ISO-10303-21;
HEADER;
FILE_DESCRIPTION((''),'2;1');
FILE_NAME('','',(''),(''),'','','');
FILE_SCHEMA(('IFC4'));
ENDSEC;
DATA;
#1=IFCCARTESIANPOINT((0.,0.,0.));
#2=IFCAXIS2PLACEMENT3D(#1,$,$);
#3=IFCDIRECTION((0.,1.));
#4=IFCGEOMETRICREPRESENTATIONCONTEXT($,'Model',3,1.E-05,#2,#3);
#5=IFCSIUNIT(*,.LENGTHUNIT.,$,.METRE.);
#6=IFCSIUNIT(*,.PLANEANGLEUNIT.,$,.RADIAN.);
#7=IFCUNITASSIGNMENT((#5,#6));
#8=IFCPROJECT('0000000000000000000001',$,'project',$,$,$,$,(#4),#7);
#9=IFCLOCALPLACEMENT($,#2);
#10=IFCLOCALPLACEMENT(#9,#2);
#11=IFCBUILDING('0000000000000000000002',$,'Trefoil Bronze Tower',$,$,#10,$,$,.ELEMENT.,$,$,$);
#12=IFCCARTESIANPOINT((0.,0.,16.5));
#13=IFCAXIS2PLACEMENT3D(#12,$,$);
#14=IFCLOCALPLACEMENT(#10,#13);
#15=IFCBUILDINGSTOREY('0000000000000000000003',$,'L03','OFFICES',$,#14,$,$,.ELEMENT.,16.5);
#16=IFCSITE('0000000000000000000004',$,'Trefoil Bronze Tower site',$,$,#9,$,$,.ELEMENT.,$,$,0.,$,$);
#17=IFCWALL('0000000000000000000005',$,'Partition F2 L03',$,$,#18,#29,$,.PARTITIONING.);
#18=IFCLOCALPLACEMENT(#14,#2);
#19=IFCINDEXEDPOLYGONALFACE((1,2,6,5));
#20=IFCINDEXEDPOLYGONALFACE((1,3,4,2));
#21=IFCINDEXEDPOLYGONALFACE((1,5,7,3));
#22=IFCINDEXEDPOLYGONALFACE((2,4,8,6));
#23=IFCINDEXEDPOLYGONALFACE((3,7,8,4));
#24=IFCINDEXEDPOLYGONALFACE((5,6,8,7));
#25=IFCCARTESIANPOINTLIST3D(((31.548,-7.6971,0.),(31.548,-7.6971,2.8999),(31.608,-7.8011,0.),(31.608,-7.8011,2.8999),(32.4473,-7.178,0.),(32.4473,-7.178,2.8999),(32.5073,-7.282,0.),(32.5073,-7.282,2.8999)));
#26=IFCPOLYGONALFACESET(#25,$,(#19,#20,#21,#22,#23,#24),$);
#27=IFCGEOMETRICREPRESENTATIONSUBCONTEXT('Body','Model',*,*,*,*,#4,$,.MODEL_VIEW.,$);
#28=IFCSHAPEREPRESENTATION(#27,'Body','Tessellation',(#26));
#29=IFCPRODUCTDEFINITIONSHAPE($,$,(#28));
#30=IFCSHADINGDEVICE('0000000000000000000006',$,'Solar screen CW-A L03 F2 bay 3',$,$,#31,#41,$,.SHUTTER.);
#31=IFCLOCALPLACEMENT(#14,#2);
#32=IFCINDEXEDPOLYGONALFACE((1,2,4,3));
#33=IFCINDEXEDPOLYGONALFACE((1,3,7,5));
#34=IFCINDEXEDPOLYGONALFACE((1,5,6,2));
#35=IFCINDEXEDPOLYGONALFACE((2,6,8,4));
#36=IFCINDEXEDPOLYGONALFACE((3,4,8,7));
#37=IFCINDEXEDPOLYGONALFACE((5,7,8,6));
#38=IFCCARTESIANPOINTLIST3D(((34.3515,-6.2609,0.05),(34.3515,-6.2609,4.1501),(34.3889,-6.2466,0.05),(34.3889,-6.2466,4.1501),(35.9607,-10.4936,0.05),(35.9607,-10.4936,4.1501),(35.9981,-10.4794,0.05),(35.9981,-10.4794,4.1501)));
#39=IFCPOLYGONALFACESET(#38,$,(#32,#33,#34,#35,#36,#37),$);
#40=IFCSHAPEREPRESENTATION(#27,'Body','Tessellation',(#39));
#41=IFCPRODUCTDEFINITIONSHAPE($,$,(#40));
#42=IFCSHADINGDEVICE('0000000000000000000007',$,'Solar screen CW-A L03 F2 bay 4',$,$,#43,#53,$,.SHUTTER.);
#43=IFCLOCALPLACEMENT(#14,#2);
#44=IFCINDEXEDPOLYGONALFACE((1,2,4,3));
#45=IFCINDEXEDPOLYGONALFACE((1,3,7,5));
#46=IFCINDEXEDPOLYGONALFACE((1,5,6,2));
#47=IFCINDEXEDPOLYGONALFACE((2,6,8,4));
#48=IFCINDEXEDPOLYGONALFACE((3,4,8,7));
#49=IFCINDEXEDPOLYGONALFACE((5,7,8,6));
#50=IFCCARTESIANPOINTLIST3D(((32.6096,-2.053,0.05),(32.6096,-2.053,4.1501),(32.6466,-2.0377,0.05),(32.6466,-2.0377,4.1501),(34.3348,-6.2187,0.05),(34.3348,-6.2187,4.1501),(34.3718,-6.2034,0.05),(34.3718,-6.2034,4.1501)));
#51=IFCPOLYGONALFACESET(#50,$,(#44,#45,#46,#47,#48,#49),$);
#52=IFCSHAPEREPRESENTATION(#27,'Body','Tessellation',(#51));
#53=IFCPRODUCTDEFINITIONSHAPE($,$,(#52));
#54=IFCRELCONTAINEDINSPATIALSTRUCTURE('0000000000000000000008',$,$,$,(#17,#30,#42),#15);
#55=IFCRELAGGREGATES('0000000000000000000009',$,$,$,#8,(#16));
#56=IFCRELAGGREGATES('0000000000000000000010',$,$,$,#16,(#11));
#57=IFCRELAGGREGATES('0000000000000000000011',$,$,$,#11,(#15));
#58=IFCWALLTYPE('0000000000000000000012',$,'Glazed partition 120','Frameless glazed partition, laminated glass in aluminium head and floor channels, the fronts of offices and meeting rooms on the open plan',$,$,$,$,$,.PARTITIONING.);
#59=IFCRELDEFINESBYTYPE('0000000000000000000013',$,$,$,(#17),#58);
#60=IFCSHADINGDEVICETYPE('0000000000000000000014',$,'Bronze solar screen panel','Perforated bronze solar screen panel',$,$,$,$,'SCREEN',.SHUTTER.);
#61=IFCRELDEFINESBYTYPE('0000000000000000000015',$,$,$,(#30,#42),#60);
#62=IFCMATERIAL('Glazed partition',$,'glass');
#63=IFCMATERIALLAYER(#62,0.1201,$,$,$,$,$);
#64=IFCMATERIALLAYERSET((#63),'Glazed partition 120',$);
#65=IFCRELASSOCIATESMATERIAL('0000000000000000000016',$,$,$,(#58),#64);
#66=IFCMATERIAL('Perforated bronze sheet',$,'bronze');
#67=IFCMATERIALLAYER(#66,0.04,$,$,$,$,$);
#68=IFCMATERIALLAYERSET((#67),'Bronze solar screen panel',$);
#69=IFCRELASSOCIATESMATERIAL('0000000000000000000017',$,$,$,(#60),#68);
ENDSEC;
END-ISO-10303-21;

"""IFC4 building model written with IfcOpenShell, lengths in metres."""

from ifc_helpers import new_model, si_unit, direction, frame, frame_2d, origin, origin_2d, place, context, subcontext, project, spatial, rectangle, extrude, material, layer, layer_set, type_object, element, save


model = new_model("IFC4")

# Units and contexts
model_context = context("Model", 3, precision=1e-05, world=origin(), true_north=direction((0.0, 1.0)))
body_context = subcontext(model_context, "Body", "Model", "MODEL_VIEW")
ifc_project = project(units=[si_unit("LENGTHUNIT", "METRE"), si_unit("PLANEANGLEUNIT", "RADIAN")], contexts=[model_context])

# Site, building, storey
site_placement = place(None, origin())
site = spatial("IfcSite", under=ifc_project, at=site_placement, Name="Trefoil Bronze Tower site", CompositionType="ELEMENT", RefElevation=0.0)
building_placement = place(site_placement, origin())
building = spatial("IfcBuilding", under=site, at=building_placement, Name="Trefoil Bronze Tower", CompositionType="ELEMENT")
storey_placement = place(building_placement, frame((0.0, 0.0, 16.5)))
storey = spatial("IfcBuildingStorey", under=building, at=storey_placement, Name="L03", Description="OFFICES", CompositionType="ELEMENT", Elevation=16.5)

# Shared definitions
ifc_material_1 = material(Name="Glazed partition", Category="glass")
ifc_layer_1 = layer(ifc_material_1, 0.1201)
ifc_layer_set_1 = layer_set([ifc_layer_1], Name="Glazed partition 120")
wall_type = type_object("IfcWallType", Name="Glazed partition 120", Description="Frameless glazed partition, laminated glass in aluminium head and floor channels, the fronts of offices and meeting rooms on the open plan", PredefinedType="PARTITIONING", material=ifc_layer_set_1)

# Wall
wall_1_placement = place(storey_placement, frame((31.5781, -7.749, 0.0), z_axis=(0.0, 0.0, 1.0), x_axis=(0.866064, 0.499933, 0.0)))
element("IfcWall", 1, at=wall_1_placement, inside=storey, type_object=wall_type, Name="Partition F2 L03", PredefinedType="PARTITIONING", context=body_context, shape_type="SweptSolid", body=[
    extrude(rectangle(XDim=1.0383, YDim=0.1201, at=frame_2d((0.519, 0.0))), origin(), (0.0, 0.0, 1.0), 2.8999),
])

# Shading devices
ifc_material_2 = material(Name="Perforated bronze sheet", Category="bronze")
ifc_layer_2 = layer(ifc_material_2, 0.04)
ifc_layer_set_2 = layer_set([ifc_layer_2], Name="Bronze solar screen panel")
shading_device_type = type_object("IfcShadingDeviceType", Name="Bronze solar screen panel", Description="Perforated bronze solar screen panel", ElementType="SCREEN", PredefinedType="SHUTTER", material=ifc_layer_set_2)
shading_device_1_placement = place(storey_placement, frame((35.1748, -8.3701, 0.05), z_axis=(0.0, 0.0, 1.0), x_axis=(-0.355371, 0.934725, 0.0)))
element("IfcShadingDevice", 2, at=shading_device_1_placement, inside=storey, type_object=shading_device_type, Name="Solar screen CW-A L03 F2 bay 3", PredefinedType="SHUTTER", context=body_context, shape_type="SweptSolid", body=[
    extrude(rectangle(XDim=4.5283, YDim=0.04, at=origin_2d()), origin(), (0.0, 0.0, 1.0), 4.1001),
])
shading_device_2_placement = place(storey_placement, frame((33.4907, -4.1282, 0.05), z_axis=(0.0, 0.0, 1.0), x_axis=(-0.38263, 0.923902, 0.0)))
element("IfcShadingDevice", 3, at=shading_device_2_placement, inside=storey, type_object=shading_device_type, Name="Solar screen CW-A L03 F2 bay 4", PredefinedType="SHUTTER", context=body_context, shape_type="SweptSolid", body=[
    extrude(rectangle(XDim=4.5088, YDim=0.04, at=origin_2d()), origin(), (0.0, 0.0, 1.0), 4.1001),
])

save(model, "model.ifc")
